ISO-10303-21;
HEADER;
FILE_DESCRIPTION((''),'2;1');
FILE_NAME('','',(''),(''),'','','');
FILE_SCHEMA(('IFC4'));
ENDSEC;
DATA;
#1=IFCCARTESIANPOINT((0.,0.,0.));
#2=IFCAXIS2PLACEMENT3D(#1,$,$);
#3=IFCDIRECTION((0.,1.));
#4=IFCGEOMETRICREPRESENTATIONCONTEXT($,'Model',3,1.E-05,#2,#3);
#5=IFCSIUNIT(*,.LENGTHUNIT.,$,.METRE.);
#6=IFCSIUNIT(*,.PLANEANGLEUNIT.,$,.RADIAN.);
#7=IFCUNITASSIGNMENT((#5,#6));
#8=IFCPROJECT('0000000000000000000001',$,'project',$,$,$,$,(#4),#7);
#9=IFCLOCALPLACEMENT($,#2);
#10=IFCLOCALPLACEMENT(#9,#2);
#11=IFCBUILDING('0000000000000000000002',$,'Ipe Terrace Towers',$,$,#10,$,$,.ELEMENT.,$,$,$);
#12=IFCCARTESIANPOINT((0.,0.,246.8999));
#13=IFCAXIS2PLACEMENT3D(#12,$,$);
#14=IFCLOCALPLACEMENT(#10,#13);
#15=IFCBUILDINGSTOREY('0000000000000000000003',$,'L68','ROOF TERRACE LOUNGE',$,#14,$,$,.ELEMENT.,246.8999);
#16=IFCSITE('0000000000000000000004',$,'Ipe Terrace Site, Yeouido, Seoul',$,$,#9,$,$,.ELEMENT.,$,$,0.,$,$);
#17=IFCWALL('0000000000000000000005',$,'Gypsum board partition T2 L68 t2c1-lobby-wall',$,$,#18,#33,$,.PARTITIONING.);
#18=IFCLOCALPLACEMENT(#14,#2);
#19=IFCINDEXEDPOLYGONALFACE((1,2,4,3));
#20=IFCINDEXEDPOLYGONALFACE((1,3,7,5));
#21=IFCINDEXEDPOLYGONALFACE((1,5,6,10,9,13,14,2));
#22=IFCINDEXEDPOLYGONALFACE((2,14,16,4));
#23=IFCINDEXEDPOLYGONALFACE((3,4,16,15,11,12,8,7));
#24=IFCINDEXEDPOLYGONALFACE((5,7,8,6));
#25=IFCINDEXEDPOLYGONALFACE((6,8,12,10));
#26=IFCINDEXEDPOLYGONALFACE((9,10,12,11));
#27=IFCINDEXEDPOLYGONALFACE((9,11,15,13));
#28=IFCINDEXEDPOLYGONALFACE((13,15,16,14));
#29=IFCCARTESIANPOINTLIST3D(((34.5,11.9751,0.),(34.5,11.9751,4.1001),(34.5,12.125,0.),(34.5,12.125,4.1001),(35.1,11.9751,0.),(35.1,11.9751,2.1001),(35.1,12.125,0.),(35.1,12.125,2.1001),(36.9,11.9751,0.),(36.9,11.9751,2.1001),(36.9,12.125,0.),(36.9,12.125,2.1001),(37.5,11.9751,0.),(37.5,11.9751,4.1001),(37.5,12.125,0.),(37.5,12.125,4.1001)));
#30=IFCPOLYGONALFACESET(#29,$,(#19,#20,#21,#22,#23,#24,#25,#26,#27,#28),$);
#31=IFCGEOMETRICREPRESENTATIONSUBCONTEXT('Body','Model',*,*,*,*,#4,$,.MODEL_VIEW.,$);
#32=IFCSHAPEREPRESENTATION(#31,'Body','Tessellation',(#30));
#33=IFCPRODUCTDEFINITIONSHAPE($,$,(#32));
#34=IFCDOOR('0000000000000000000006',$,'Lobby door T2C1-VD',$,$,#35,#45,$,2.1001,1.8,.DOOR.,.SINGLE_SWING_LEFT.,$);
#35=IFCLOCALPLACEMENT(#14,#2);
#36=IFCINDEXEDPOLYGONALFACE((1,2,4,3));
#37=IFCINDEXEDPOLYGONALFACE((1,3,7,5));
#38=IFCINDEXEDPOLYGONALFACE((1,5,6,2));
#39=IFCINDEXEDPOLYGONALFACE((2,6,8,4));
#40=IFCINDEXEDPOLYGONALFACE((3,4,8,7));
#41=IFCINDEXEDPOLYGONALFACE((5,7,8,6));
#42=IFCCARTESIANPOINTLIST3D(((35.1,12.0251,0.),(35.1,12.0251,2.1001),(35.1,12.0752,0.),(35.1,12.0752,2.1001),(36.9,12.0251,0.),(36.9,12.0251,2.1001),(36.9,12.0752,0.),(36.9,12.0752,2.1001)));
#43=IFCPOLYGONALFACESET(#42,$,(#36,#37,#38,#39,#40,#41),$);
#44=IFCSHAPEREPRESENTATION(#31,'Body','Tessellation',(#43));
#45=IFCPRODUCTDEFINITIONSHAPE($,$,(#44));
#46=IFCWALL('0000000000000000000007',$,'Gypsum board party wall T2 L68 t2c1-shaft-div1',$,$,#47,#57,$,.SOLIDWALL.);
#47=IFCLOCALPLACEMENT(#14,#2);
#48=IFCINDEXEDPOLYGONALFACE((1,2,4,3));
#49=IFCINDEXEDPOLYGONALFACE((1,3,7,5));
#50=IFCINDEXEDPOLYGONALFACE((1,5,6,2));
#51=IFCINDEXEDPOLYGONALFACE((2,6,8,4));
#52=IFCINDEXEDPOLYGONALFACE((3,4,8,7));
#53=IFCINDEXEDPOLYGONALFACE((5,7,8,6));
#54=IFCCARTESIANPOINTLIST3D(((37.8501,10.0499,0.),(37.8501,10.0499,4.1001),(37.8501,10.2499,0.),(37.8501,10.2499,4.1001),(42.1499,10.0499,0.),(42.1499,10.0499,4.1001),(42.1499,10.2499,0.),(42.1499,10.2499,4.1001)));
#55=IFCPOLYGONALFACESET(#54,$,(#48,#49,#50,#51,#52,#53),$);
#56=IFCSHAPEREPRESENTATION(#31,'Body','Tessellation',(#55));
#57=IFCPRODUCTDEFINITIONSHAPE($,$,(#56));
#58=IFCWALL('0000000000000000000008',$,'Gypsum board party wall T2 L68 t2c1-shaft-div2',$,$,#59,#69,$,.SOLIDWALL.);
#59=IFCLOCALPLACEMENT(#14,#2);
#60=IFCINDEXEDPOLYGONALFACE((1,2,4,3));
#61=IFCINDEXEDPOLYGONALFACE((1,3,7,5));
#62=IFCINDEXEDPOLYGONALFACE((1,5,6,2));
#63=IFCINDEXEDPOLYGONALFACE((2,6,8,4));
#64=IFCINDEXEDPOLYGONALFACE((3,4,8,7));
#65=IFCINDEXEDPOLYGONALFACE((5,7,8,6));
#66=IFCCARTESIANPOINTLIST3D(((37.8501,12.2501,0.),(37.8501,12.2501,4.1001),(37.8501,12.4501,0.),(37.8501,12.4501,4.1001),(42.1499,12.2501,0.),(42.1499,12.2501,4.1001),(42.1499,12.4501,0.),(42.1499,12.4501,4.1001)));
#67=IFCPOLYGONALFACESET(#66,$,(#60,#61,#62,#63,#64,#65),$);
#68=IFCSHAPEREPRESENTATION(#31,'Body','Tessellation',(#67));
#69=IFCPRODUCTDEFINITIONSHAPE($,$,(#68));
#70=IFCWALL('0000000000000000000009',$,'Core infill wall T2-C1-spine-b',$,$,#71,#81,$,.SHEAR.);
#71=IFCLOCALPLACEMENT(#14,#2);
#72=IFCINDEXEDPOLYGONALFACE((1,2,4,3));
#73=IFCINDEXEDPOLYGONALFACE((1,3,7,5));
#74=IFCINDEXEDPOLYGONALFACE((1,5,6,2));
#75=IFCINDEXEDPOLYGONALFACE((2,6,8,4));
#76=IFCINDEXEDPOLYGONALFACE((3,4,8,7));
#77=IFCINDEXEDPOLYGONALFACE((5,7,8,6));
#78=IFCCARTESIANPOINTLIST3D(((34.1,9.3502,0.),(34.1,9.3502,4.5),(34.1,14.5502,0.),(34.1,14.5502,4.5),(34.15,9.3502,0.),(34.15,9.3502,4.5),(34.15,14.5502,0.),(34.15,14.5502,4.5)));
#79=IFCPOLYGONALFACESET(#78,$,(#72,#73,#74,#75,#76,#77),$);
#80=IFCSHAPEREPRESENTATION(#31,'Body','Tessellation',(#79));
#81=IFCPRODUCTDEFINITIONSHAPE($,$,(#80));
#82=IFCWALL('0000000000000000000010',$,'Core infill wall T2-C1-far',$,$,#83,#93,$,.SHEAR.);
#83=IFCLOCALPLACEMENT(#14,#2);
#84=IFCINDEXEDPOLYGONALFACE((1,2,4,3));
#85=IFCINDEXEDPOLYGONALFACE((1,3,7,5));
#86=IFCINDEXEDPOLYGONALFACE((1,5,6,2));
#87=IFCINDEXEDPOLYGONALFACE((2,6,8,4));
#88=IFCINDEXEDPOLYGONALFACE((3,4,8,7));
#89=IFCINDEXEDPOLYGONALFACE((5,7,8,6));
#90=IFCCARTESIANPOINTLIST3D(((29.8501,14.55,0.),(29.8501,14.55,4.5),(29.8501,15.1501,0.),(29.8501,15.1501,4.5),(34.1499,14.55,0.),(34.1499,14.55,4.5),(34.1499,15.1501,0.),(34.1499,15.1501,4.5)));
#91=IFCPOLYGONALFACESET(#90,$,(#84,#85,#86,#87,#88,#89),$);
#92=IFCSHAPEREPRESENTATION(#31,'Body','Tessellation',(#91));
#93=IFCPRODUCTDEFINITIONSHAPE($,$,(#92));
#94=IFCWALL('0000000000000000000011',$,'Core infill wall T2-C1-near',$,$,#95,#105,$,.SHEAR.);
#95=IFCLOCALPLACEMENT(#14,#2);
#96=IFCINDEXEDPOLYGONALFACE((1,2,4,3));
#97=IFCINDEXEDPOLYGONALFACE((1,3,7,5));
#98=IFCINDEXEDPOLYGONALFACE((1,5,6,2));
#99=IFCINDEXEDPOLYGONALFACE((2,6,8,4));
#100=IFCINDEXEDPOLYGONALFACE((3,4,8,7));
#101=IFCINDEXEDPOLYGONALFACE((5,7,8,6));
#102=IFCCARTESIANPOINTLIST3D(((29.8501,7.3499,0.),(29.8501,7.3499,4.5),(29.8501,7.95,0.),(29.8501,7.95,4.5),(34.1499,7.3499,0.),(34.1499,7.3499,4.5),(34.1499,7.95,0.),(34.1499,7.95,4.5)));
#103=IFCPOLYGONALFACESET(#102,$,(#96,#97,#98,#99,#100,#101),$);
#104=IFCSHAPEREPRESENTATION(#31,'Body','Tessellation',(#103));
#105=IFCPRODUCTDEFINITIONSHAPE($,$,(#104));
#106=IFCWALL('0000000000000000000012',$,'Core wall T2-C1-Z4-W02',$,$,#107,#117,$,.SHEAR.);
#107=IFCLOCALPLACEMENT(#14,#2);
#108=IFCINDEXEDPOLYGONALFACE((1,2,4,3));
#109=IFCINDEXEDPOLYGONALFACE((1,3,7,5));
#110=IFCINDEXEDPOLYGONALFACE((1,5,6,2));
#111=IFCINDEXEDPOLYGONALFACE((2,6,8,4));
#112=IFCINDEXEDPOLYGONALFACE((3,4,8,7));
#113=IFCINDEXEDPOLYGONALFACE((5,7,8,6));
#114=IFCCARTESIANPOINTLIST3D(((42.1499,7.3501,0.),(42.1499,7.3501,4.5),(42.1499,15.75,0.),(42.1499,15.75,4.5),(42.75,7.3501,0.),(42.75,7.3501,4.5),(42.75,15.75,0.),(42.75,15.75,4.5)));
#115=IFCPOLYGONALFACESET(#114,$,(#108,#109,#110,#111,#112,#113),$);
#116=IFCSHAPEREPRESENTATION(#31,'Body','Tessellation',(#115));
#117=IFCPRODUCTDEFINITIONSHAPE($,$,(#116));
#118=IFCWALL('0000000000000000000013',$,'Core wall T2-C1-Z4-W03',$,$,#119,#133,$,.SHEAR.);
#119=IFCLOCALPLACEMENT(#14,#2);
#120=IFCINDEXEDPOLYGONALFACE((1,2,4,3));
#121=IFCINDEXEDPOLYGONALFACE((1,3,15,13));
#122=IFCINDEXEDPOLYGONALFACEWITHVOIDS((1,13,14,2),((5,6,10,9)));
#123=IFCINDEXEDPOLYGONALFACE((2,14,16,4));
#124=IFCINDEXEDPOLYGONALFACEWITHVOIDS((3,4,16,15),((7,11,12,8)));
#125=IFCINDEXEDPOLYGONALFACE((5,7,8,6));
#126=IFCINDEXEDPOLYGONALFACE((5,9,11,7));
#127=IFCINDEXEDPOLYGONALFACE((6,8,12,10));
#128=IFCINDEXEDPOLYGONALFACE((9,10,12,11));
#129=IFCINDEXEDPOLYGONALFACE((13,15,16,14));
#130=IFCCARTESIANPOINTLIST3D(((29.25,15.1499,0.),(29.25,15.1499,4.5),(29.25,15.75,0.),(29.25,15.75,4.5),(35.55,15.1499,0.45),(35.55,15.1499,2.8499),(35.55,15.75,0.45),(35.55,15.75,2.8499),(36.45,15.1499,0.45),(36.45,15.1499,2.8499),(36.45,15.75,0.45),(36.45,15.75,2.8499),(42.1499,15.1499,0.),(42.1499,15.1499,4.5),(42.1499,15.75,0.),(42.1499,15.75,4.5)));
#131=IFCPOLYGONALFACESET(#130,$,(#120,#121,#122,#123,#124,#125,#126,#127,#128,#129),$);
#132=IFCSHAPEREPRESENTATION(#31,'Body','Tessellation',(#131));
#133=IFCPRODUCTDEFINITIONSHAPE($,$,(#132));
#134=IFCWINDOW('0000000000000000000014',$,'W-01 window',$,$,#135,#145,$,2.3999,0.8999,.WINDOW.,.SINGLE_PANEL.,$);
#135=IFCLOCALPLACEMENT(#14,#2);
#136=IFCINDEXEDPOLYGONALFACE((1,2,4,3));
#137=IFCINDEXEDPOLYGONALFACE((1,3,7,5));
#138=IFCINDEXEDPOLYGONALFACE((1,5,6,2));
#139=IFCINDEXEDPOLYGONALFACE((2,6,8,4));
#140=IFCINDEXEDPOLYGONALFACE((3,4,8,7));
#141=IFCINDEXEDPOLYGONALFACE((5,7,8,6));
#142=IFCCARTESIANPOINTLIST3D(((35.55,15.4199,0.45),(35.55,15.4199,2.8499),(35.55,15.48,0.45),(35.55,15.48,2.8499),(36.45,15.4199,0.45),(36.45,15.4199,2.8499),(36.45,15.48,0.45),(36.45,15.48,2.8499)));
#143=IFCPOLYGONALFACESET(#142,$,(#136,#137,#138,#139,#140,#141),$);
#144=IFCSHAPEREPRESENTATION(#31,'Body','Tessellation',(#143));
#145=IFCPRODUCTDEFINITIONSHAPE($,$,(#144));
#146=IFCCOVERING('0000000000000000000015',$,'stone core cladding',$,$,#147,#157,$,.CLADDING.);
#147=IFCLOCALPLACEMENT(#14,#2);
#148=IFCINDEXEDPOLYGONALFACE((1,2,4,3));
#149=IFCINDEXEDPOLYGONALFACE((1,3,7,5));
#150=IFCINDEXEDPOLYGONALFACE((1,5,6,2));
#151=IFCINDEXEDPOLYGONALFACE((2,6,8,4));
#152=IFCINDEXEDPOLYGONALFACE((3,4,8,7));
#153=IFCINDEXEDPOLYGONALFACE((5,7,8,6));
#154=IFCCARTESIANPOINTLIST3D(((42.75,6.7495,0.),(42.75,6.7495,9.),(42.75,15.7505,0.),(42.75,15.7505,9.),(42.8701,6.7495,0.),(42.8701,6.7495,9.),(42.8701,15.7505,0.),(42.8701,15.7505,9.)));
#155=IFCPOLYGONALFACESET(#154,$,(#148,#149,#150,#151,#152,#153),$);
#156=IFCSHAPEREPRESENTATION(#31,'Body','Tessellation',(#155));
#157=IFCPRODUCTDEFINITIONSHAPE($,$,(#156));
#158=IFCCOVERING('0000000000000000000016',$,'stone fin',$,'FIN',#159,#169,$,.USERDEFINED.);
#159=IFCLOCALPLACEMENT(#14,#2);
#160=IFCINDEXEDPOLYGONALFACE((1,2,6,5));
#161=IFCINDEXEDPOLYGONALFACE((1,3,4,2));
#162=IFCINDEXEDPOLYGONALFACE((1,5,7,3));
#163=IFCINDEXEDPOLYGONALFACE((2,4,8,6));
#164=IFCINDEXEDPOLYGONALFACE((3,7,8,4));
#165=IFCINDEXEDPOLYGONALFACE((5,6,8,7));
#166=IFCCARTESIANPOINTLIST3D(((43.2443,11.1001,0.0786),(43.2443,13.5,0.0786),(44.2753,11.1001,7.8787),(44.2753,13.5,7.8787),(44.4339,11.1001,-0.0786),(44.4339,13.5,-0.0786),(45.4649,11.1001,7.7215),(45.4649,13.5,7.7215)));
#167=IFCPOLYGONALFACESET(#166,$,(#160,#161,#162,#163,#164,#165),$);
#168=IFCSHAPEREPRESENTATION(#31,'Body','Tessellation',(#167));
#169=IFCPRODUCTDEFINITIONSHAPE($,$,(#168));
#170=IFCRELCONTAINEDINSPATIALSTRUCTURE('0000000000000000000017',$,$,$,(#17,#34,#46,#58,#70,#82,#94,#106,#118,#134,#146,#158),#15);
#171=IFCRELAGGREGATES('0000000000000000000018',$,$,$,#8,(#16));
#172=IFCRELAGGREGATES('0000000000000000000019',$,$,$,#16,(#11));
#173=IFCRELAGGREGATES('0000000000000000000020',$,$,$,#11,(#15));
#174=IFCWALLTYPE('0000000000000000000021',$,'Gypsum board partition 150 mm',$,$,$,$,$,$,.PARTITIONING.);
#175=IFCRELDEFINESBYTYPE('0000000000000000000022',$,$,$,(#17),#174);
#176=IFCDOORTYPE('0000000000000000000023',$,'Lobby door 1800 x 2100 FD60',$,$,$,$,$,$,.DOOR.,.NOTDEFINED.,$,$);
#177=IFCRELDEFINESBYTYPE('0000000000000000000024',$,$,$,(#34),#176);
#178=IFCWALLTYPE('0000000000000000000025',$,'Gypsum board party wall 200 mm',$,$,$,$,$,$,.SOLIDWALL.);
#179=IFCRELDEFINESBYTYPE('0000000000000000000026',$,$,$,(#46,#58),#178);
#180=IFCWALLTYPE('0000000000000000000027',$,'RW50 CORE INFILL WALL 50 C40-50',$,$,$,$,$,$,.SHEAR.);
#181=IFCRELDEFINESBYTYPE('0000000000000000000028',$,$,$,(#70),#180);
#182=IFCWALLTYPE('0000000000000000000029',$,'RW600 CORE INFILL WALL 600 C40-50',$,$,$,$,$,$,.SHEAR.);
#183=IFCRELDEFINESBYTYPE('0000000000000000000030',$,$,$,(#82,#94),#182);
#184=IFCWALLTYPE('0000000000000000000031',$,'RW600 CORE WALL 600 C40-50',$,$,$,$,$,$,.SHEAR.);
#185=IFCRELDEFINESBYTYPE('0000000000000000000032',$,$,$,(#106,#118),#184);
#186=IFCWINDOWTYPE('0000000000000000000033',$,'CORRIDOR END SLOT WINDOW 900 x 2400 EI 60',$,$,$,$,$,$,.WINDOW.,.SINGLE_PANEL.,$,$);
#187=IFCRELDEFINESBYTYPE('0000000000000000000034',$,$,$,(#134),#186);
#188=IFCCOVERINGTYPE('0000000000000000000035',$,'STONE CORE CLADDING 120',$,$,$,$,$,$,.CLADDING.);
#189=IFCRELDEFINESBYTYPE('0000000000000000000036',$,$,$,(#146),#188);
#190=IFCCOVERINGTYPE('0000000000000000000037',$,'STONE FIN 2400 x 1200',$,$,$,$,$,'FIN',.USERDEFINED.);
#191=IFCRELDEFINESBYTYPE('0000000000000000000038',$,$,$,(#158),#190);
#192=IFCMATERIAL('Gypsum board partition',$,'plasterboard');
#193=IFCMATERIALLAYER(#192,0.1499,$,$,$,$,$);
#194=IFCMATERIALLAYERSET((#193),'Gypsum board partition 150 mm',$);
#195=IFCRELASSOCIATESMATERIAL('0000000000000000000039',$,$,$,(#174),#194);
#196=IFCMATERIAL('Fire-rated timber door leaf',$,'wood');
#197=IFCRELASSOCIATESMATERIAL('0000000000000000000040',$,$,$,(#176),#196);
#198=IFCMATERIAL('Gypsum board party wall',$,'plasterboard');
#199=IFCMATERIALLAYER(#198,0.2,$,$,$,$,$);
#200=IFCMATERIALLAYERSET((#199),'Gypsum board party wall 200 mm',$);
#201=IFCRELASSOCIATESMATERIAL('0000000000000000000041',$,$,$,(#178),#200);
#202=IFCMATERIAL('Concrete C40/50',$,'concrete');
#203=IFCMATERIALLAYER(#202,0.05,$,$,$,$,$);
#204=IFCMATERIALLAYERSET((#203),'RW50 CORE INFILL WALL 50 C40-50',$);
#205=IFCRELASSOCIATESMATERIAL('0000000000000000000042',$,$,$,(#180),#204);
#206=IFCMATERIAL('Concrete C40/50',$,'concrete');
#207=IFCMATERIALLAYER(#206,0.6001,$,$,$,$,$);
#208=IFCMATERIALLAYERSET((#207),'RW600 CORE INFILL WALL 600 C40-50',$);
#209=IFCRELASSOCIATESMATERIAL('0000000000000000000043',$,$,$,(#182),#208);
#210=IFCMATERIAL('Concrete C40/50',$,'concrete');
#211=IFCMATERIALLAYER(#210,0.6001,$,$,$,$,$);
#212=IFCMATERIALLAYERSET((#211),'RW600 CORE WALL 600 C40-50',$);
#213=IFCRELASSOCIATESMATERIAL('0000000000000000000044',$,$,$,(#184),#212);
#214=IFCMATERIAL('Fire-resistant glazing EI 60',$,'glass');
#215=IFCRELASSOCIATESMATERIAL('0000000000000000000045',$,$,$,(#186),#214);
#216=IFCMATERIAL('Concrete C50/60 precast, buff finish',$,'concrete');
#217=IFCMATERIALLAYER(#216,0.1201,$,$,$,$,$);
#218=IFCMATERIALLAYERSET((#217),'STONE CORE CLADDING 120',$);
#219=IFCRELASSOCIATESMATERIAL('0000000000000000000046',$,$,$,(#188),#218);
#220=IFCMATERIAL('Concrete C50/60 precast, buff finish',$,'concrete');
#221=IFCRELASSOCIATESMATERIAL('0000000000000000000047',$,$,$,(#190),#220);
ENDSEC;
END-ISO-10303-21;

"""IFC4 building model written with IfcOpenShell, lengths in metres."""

from ifc_helpers import new_model, si_unit, direction, frame, frame_2d, origin, origin_2d, place, context, subcontext, project, spatial, rectangle, extrude, material, layer, layer_set, material_profile, profile_set, type_object, element, fill, save


model = new_model("IFC4")

# Units and contexts
model_context = context("Model", 3, precision=1e-05, world=origin(), true_north=direction((0.0, 1.0)))
body_context = subcontext(model_context, "Body", "Model", "MODEL_VIEW")
ifc_project = project(units=[si_unit("LENGTHUNIT", "METRE"), si_unit("PLANEANGLEUNIT", "RADIAN")], contexts=[model_context])

# Site, building, storey
site_placement = place(None, origin())
site = spatial("IfcSite", under=ifc_project, at=site_placement, Name="Ipe Terrace Site, Yeouido, Seoul", CompositionType="ELEMENT", RefElevation=0.0)
building_placement = place(site_placement, origin())
building = spatial("IfcBuilding", under=site, at=building_placement, Name="Ipe Terrace Towers", CompositionType="ELEMENT")
storey_placement = place(building_placement, frame((0.0, 0.0, 246.8999)))
storey = spatial("IfcBuildingStorey", under=building, at=storey_placement, Name="L68", Description="ROOF TERRACE LOUNGE", CompositionType="ELEMENT", Elevation=246.8999)

# Wall, opening, door
ifc_material_1 = material(Name="Gypsum board partition", Category="plasterboard")
ifc_layer_1 = layer(ifc_material_1, 0.1499)
ifc_layer_set_1 = layer_set([ifc_layer_1], Name="Gypsum board partition 150 mm")
wall_type_1 = type_object("IfcWallType", Name="Gypsum board partition 150 mm", PredefinedType="PARTITIONING", material=ifc_layer_set_1)
wall_1_placement = place(storey_placement, frame((37.5, 12.05, 0.0), z_axis=(0.0, 0.0, 1.0), x_axis=(-1.0, 0.0, 0.0)))
wall_1 = element("IfcWall", 1, at=wall_1_placement, inside=storey, type_object=wall_type_1, Name="Gypsum board partition T2 L68 t2c1-lobby-wall", PredefinedType="PARTITIONING", context=body_context, shape_type="SweptSolid", body=[
    extrude(rectangle(XDim=3.0, YDim=0.1499, at=frame_2d((1.5, 0.0))), origin(), (0.0, 0.0, 1.0), 4.1001),
])
opening_1_placement = place(wall_1_placement, frame((0.6001, 0.0, 0.0)))
opening_1 = element("IfcOpeningElement", 2, at=opening_1_placement, cuts=wall_1, PredefinedType="OPENING", context=body_context, shape_type="SweptSolid", body=[
    extrude(rectangle(XDim=1.8, YDim=2.1001, at=frame_2d((0.8999, 1.05))), frame((0.0, 0.085, 0.0), z_axis=(0.0, -1.0, 0.0), x_axis=(1.0, 0.0, 0.0)), (0.0, 0.0, 1.0), 0.1699),
])
ifc_material_2 = material(Name="Fire-rated timber door leaf", Category="wood")
door_type = type_object("IfcDoorType", Name="Lobby door 1800 x 2100 FD60", OperationType="NOTDEFINED", PredefinedType="DOOR", material=ifc_material_2)
door_placement = place(opening_1_placement, origin())
door = element("IfcDoor", 3, at=door_placement, inside=storey, type_object=door_type, Name="Lobby door T2C1-VD", OperationType="SINGLE_SWING_LEFT", OverallHeight=2.1001, OverallWidth=1.8, PredefinedType="DOOR", context=body_context, shape_type="SweptSolid", body=[
    extrude(rectangle(XDim=1.8, YDim=2.1001, at=frame_2d((0.8999, 1.05))), frame((0.0, 0.0249, 0.0), z_axis=(0.0, -1.0, 0.0), x_axis=(1.0, 0.0, 0.0)), (0.0, 0.0, 1.0), 0.05),
])
fill(opening_1, door)

# Walls
ifc_material_3 = material(Name="Gypsum board party wall", Category="plasterboard")
ifc_layer_2 = layer(ifc_material_3, 0.2)
ifc_layer_set_2 = layer_set([ifc_layer_2], Name="Gypsum board party wall 200 mm")
wall_type_2 = type_object("IfcWallType", Name="Gypsum board party wall 200 mm", PredefinedType="SOLIDWALL", material=ifc_layer_set_2)
for number, where, z_axis, x_axis, name in (
    (4, (42.1499, 10.1499, 0.0), (0.0, 0.0, 1.0), (-1.0, 0.0, 0.0), "Gypsum board party wall T2 L68 t2c1-shaft-div1"),
    (5, (42.1499, 12.3501, 0.0), (0.0, 0.0, 1.0), (-1.0, 0.0, 0.0), "Gypsum board party wall T2 L68 t2c1-shaft-div2"),
):
    element("IfcWall", number, at=place(storey_placement, frame(where, z_axis=z_axis, x_axis=x_axis)), inside=storey, type_object=wall_type_2, Name=name, PredefinedType="SOLIDWALL", context=body_context, shape_type="SweptSolid", body=[
        extrude(rectangle(XDim=4.2998, YDim=0.2, at=frame_2d((2.1499, 0.0))), origin(), (0.0, 0.0, 1.0), 4.1001),
    ])
ifc_material_4 = material(Name="Concrete C40/50", Category="concrete")
ifc_layer_3 = layer(ifc_material_4, 0.05)
ifc_layer_set_3 = layer_set([ifc_layer_3], Name="RW50 CORE INFILL WALL 50 C40-50")
wall_type_3 = type_object("IfcWallType", Name="RW50 CORE INFILL WALL 50 C40-50", PredefinedType="SHEAR", material=ifc_layer_set_3)
wall_2_placement = place(storey_placement, frame((34.125, 9.3501, 0.0), z_axis=(0.0, 0.0, 1.0), x_axis=(0.0, 1.0, 0.0)))
element("IfcWall", 6, at=wall_2_placement, inside=storey, type_object=wall_type_3, Name="Core infill wall T2-C1-spine-b", PredefinedType="SHEAR", context=body_context, shape_type="SweptSolid", body=[
    extrude(rectangle(XDim=5.2, YDim=0.05, at=frame_2d((2.6001, 0.0))), origin(), (0.0, 0.0, 1.0), 4.5),
])
ifc_material_5 = material(Name="Concrete C40/50", Category="concrete")
ifc_layer_4 = layer(ifc_material_5, 0.6001)
ifc_layer_set_4 = layer_set([ifc_layer_4], Name="RW600 CORE INFILL WALL 600 C40-50")
wall_type_4 = type_object("IfcWallType", Name="RW600 CORE INFILL WALL 600 C40-50", PredefinedType="SHEAR", material=ifc_layer_set_4)
for number, where, z_axis, x_axis, name in (
    (7, (34.1499, 14.8501, 0.0), (0.0, 0.0, 1.0), (-1.0, 0.0, 0.0), "Core infill wall T2-C1-far"),
    (8, (34.1499, 7.6499, 0.0), (0.0, 0.0, 1.0), (-1.0, 0.0, 0.0), "Core infill wall T2-C1-near"),
):
    element("IfcWall", number, at=place(storey_placement, frame(where, z_axis=z_axis, x_axis=x_axis)), inside=storey, type_object=wall_type_4, Name=name, PredefinedType="SHEAR", context=body_context, shape_type="SweptSolid", body=[
        extrude(rectangle(XDim=4.2998, YDim=0.6001, at=frame_2d((2.1499, 0.0))), origin(), (0.0, 0.0, 1.0), 4.5),
    ])
ifc_material_6 = material(Name="Concrete C40/50", Category="concrete")
ifc_layer_5 = layer(ifc_material_6, 0.6001)
ifc_layer_set_5 = layer_set([ifc_layer_5], Name="RW600 CORE WALL 600 C40-50")
wall_type_5 = type_object("IfcWallType", Name="RW600 CORE WALL 600 C40-50", PredefinedType="SHEAR", material=ifc_layer_set_5)
wall_3_placement = place(storey_placement, frame((42.45, 7.3501, 0.0), z_axis=(0.0, 0.0, 1.0), x_axis=(0.0, 1.0, 0.0)))
element("IfcWall", 9, at=wall_3_placement, inside=storey, type_object=wall_type_5, Name="Core wall T2-C1-Z4-W02", PredefinedType="SHEAR", context=body_context, shape_type="SweptSolid", body=[
    extrude(rectangle(XDim=8.3999, YDim=0.6001, at=frame_2d((4.2, 0.0))), origin(), (0.0, 0.0, 1.0), 4.5),
])

# Wall, opening, window
wall_4_placement = place(storey_placement, frame((42.1499, 15.45, 0.0), z_axis=(0.0, 0.0, 1.0), x_axis=(-1.0, 0.0, 0.0)))
wall_4 = element("IfcWall", 10, at=wall_4_placement, inside=storey, type_object=wall_type_5, Name="Core wall T2-C1-Z4-W03", PredefinedType="SHEAR", context=body_context, shape_type="SweptSolid", body=[
    extrude(rectangle(XDim=12.8999, YDim=0.6001, at=frame_2d((6.45, 0.0))), origin(), (0.0, 0.0, 1.0), 4.5),
])
opening_2_placement = place(wall_4_placement, frame((5.7, 0.0, 0.45)))
opening_2 = element("IfcOpeningElement", 11, at=opening_2_placement, cuts=wall_4, PredefinedType="OPENING", context=body_context, shape_type="SweptSolid", body=[
    extrude(rectangle(XDim=0.8999, YDim=2.3999, at=frame_2d((0.45, 1.2))), frame((0.0, 0.3101, 0.0), z_axis=(0.0, -1.0, 0.0), x_axis=(1.0, 0.0, 0.0)), (0.0, 0.0, 1.0), 0.6201),
])
ifc_material_7 = material(Name="Fire-resistant glazing EI 60", Category="glass")
window_type = type_object("IfcWindowType", Name="CORRIDOR END SLOT WINDOW 900 x 2400 EI 60", PartitioningType="SINGLE_PANEL", PredefinedType="WINDOW", material=ifc_material_7)
window_placement = place(opening_2_placement, origin())
window = element("IfcWindow", 12, at=window_placement, inside=storey, type_object=window_type, Name="W-01 window", OverallHeight=2.3999, OverallWidth=0.8999, PartitioningType="SINGLE_PANEL", PredefinedType="WINDOW", context=body_context, shape_type="SweptSolid", body=[
    extrude(rectangle(XDim=0.8999, YDim=2.3999, at=frame_2d((0.45, 1.2))), frame((0.0, 0.03, 0.0), z_axis=(0.0, -1.0, 0.0), x_axis=(1.0, 0.0, 0.0)), (0.0, 0.0, 1.0), 0.0601),
])
fill(opening_2, window)

# Coverings
ifc_material_8 = material(Name="Concrete C50/60 precast, buff finish", Category="concrete")
ifc_layer_6 = layer(ifc_material_8, 0.1201)
ifc_layer_set_6 = layer_set([ifc_layer_6], Name="STONE CORE CLADDING 120")
covering_type_1 = type_object("IfcCoveringType", Name="STONE CORE CLADDING 120", PredefinedType="CLADDING", material=ifc_layer_set_6)
covering_1_placement = place(storey_placement, frame((42.8101, 11.25, 0.0), z_axis=(0.0, 0.0, 1.0), x_axis=(0.0, 1.0, 0.0)))
element("IfcCovering", 13, at=covering_1_placement, inside=storey, type_object=covering_type_1, Name="stone core cladding", PredefinedType="CLADDING", context=body_context, shape_type="SweptSolid", body=[
    extrude(rectangle(XDim=9.001, YDim=0.1201, at=origin_2d()), origin(), (0.0, 0.0, 1.0), 9.0),
])
ifc_material_9 = material(Name="Concrete C50/60 precast, buff finish", Category="concrete")
ifc_material_profile = material_profile(ifc_material_9, rectangle(XDim=2.3999, YDim=1.2, at=origin_2d()), Name="STONE FIN 2400 x 1200")
ifc_profile_set = profile_set([ifc_material_profile], Name="Concrete C50/60 precast, buff finish")
covering_type_2 = type_object("IfcCoveringType", Name="STONE FIN 2400 x 1200", ElementType="FIN", PredefinedType="USERDEFINED", material=ifc_profile_set)
covering_2_placement = place(storey_placement, frame((43.8391, 12.3, 0.0), z_axis=(0.13104, 0.0, 0.991377), x_axis=(0.0, 1.0, 0.0)))
element("IfcCovering", 14, at=covering_2_placement, inside=storey, type_object=covering_type_2, Name="stone fin", ObjectType="FIN", PredefinedType="USERDEFINED", context=body_context, shape_type="SweptSolid", body=[
    extrude(rectangle(XDim=2.3999, YDim=1.2, at=origin_2d()), origin(), (0.0, 0.0, 1.0), 7.8679),
])

save(model, "model.ifc")
